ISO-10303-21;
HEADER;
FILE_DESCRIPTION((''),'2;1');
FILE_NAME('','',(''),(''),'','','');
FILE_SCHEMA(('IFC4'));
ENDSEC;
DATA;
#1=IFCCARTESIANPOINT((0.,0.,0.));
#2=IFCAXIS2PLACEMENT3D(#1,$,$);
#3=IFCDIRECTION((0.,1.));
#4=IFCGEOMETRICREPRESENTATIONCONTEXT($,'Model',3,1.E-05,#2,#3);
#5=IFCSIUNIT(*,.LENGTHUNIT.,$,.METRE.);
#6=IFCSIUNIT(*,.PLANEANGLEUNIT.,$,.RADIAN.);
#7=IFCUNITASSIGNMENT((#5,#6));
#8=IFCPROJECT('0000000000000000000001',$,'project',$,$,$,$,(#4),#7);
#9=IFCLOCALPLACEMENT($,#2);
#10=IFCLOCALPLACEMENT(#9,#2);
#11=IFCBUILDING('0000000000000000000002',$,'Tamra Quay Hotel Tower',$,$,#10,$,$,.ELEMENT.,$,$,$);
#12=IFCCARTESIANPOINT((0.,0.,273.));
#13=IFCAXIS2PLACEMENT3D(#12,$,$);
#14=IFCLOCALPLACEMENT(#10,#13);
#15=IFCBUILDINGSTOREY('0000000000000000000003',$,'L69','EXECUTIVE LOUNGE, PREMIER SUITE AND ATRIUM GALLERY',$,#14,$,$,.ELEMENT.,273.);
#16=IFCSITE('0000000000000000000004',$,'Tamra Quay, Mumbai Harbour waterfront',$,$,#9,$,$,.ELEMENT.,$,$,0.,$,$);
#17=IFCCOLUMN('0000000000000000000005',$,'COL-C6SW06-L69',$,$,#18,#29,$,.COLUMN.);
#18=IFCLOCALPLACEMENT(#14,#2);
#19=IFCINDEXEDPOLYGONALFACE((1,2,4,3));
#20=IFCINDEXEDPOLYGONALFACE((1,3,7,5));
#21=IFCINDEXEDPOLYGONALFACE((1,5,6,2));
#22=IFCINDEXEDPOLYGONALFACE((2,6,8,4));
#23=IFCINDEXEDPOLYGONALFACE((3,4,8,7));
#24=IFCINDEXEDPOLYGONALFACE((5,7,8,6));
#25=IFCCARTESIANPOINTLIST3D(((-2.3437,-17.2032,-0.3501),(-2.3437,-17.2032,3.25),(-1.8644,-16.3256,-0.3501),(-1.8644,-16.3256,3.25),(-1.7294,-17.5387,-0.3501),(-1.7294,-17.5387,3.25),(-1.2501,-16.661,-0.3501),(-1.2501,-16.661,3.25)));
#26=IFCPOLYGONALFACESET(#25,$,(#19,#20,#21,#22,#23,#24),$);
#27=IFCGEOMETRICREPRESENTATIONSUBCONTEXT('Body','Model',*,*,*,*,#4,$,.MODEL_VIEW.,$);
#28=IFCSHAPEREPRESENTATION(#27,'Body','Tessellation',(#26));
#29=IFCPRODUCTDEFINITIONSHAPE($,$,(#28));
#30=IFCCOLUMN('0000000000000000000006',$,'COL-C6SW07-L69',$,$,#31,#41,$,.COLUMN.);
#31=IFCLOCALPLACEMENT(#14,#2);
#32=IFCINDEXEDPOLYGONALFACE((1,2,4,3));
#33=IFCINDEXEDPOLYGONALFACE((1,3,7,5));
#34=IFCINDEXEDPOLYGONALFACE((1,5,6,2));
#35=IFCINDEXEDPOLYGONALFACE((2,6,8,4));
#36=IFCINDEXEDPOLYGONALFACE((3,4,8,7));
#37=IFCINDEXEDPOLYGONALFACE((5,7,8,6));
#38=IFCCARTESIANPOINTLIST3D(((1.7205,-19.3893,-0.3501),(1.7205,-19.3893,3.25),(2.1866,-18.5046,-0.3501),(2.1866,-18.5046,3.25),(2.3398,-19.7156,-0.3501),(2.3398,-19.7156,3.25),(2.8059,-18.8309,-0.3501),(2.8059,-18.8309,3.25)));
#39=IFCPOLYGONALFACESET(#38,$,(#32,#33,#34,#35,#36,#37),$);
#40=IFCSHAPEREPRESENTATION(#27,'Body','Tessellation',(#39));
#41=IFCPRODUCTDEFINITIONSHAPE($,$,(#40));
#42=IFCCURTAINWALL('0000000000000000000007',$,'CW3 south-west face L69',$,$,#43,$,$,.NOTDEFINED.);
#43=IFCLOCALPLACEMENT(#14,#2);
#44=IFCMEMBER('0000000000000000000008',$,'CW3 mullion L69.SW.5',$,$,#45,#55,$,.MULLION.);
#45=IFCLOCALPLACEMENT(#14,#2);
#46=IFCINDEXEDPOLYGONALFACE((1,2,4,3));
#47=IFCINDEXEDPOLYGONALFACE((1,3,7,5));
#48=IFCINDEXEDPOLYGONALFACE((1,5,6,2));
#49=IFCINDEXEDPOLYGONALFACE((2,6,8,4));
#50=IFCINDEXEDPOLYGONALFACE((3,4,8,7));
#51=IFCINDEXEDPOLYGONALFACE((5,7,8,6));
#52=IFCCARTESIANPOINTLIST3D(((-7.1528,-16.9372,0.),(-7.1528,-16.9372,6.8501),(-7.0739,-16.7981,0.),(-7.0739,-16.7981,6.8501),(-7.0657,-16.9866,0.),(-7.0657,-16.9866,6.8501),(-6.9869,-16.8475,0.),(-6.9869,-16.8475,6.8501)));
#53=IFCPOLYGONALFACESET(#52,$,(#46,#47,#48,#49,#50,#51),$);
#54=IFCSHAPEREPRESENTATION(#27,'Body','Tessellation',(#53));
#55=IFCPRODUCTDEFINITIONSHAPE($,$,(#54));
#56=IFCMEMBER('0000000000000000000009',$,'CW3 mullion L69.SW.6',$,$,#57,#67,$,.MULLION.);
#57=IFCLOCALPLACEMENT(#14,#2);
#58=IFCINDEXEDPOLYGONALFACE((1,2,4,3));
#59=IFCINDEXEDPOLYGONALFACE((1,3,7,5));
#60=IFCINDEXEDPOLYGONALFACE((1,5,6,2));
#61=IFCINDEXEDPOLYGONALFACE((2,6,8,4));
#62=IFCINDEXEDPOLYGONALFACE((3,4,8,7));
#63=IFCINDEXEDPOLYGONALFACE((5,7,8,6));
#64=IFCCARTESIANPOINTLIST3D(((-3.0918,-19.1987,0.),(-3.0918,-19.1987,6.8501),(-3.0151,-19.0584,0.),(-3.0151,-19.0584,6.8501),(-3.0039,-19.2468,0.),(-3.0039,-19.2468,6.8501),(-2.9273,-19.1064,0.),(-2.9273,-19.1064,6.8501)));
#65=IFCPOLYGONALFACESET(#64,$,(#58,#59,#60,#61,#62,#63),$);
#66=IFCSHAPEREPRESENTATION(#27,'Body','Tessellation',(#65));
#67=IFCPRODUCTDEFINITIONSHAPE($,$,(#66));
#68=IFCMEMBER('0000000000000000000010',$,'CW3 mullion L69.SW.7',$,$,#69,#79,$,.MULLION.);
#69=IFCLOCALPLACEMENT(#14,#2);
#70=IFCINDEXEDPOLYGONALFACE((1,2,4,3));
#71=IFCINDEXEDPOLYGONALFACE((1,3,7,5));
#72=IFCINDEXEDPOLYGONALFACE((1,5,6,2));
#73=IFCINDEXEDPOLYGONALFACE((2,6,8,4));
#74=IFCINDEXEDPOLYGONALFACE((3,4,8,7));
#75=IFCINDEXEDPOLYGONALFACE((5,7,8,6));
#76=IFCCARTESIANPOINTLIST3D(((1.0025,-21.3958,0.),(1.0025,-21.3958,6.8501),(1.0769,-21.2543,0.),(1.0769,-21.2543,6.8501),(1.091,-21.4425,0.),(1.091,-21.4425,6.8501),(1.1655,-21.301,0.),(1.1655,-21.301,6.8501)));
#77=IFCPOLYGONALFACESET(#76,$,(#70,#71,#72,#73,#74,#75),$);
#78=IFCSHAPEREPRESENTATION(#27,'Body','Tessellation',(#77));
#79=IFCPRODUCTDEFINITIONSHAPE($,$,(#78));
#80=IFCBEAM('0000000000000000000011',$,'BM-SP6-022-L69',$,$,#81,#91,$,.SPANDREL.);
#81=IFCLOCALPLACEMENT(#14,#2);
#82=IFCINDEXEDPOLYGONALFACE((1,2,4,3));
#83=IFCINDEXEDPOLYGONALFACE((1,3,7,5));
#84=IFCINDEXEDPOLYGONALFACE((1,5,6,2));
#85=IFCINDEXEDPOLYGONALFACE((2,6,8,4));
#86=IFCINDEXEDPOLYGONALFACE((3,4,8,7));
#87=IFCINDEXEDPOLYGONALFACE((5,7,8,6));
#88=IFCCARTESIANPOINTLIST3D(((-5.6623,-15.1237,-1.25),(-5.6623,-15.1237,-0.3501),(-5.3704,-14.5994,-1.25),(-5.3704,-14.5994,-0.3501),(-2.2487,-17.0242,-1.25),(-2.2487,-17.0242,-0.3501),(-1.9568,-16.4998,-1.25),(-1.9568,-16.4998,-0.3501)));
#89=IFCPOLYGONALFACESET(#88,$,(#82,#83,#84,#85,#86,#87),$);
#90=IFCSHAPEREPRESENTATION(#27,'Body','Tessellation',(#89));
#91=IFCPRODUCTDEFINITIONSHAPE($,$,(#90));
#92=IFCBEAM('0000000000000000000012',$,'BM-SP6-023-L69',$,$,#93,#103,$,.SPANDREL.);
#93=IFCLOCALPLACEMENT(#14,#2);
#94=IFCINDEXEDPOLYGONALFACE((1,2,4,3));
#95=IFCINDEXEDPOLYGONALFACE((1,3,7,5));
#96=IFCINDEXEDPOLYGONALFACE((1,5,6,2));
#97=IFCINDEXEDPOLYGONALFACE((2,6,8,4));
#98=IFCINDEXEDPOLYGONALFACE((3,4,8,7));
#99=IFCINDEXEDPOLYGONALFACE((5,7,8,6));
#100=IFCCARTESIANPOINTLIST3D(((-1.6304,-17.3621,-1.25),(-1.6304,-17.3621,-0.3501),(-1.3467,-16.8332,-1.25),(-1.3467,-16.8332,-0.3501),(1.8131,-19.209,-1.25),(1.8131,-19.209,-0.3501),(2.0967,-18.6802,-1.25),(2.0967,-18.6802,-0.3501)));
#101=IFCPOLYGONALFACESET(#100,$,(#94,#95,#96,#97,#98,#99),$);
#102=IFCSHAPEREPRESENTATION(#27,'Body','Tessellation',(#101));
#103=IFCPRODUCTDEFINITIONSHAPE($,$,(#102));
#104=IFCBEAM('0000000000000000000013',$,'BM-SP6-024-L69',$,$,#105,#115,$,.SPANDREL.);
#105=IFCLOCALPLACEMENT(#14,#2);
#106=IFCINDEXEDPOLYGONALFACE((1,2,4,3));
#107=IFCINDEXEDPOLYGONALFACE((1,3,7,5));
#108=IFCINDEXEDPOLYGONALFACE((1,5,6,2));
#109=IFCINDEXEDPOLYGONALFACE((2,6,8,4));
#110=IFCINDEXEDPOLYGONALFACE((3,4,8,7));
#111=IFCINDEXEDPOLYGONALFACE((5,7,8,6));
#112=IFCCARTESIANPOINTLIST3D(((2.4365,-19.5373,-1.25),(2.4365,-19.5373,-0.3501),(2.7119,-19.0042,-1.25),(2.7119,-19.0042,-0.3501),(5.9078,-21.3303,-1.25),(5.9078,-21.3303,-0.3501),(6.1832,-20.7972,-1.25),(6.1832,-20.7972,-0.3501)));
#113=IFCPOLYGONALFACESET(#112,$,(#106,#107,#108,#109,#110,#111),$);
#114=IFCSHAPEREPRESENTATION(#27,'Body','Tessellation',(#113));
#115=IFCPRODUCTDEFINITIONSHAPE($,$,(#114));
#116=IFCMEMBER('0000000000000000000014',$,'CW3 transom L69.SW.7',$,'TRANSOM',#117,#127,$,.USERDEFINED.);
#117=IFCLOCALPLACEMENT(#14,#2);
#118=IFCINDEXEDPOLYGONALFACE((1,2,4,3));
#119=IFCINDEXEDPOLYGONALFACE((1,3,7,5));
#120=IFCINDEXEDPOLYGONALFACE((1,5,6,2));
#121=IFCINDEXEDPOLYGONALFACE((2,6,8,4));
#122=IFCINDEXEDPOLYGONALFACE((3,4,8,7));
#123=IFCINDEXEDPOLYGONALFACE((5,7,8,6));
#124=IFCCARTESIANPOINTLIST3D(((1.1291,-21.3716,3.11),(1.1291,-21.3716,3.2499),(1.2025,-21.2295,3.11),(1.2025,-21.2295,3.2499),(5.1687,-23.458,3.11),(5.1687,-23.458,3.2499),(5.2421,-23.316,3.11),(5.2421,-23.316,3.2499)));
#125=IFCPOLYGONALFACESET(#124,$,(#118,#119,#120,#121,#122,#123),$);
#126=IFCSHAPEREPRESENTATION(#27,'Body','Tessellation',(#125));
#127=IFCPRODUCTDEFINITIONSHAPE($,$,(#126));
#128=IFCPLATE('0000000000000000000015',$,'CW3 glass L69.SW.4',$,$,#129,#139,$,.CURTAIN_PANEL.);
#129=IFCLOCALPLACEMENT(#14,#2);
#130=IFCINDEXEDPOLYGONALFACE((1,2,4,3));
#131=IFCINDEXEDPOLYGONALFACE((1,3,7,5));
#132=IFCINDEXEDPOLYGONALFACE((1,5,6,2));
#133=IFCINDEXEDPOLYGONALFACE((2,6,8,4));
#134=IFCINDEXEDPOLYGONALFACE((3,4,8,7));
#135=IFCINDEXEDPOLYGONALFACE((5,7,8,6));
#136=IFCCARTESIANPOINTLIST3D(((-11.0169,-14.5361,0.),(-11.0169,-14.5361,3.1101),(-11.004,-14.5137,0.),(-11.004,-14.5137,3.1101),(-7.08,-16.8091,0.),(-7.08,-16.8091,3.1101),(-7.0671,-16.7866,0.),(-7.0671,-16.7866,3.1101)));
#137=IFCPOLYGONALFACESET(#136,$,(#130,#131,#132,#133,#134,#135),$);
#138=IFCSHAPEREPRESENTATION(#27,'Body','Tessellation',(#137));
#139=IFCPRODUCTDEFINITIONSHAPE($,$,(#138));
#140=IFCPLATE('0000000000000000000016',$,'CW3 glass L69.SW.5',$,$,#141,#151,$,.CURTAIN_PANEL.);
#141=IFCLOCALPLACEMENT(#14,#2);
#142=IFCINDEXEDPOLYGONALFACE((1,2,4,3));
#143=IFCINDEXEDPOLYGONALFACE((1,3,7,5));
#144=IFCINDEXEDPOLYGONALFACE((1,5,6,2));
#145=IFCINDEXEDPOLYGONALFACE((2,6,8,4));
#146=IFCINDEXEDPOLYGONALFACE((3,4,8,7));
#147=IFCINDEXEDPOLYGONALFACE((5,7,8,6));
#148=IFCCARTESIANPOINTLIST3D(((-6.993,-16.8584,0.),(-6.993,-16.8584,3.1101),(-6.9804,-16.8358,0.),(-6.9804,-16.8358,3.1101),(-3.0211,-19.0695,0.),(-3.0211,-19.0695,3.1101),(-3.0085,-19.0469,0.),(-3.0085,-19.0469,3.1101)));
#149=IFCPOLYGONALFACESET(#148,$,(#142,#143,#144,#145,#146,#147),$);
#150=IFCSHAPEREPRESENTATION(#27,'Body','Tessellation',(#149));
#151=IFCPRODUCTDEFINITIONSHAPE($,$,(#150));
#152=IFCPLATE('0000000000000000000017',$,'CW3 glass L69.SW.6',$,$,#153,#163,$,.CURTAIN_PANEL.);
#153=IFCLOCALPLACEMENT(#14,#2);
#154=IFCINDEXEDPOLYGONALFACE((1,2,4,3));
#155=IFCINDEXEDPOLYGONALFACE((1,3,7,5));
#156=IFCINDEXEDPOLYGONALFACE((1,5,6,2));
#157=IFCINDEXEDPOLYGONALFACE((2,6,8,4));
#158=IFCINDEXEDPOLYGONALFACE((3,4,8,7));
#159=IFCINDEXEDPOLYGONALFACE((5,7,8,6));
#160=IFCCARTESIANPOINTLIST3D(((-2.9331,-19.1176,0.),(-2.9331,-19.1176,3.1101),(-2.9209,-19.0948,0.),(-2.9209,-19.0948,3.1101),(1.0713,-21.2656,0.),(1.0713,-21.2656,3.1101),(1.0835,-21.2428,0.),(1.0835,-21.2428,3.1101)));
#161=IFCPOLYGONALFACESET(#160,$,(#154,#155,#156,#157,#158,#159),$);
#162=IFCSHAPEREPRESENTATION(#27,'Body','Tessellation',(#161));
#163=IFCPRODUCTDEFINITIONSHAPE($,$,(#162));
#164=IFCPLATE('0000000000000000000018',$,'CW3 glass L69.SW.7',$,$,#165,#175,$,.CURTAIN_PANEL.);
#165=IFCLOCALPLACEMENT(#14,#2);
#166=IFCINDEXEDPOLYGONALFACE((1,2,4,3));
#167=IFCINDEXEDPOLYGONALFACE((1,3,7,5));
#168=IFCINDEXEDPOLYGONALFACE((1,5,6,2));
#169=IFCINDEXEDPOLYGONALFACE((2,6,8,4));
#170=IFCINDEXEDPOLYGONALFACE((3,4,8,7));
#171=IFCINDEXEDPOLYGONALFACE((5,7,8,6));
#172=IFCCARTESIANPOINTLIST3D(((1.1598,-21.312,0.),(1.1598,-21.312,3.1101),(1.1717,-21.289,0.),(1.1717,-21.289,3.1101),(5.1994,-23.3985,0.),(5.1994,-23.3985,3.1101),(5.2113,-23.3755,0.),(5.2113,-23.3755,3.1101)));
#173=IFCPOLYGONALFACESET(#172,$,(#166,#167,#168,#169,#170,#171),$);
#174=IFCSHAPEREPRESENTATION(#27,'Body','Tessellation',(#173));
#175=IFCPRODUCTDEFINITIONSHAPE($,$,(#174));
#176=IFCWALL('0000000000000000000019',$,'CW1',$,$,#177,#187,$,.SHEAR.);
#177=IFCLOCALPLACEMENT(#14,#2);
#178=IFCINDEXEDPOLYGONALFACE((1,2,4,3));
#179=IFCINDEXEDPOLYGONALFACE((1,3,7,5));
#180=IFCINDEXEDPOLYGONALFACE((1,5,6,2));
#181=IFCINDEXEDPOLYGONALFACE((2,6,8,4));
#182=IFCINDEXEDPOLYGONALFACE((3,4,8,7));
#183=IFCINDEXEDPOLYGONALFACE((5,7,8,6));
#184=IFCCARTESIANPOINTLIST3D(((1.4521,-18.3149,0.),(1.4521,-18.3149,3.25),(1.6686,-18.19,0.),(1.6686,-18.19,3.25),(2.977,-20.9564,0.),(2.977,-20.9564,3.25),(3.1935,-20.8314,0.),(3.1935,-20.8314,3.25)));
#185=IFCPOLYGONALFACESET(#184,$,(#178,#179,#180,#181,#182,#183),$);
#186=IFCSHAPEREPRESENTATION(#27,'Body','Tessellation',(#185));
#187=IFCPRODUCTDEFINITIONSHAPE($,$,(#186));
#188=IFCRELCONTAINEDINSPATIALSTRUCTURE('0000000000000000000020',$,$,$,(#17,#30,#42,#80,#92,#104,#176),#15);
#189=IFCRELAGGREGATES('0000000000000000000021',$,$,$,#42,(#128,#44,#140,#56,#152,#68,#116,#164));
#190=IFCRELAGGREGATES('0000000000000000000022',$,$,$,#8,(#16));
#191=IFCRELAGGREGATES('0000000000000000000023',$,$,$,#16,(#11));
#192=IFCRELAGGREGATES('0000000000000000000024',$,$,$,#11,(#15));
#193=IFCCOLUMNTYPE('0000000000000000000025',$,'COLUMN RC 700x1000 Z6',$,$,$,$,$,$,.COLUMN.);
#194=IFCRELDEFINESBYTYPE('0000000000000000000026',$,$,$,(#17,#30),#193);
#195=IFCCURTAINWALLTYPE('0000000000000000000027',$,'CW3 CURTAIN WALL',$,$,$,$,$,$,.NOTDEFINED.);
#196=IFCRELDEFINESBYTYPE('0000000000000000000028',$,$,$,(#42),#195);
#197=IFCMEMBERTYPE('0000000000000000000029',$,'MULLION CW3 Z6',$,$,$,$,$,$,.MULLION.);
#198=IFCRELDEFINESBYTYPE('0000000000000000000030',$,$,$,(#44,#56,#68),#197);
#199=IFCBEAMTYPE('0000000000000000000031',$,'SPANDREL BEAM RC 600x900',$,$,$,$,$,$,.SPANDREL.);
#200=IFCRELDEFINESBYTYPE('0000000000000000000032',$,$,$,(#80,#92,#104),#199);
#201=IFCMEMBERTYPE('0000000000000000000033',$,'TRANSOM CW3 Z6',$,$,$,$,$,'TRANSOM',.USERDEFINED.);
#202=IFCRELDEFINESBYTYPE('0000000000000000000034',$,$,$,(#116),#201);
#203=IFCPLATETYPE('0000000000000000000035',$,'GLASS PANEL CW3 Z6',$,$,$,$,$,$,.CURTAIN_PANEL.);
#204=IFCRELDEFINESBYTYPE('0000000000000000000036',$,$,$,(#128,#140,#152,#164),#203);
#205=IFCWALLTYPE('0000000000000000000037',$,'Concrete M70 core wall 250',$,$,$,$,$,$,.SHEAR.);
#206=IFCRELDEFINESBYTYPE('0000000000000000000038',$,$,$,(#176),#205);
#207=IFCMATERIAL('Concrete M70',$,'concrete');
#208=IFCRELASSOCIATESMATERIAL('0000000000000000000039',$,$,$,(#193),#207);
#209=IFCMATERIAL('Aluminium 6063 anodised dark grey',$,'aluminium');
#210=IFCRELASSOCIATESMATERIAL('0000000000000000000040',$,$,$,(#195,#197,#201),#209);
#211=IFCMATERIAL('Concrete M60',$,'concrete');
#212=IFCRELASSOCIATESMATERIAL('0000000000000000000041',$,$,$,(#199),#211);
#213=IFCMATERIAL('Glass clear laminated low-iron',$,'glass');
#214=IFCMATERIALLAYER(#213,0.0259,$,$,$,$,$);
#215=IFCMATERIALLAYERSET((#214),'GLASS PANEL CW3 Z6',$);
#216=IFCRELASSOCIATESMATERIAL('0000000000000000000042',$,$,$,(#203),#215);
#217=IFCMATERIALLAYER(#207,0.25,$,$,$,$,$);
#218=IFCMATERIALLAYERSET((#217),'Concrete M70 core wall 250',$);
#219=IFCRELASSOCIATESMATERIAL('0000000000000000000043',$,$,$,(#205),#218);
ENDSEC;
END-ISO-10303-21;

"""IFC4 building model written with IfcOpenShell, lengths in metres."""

from ifc_helpers import new_model, si_unit, direction, frame, frame_2d, origin, origin_2d, place, context, subcontext, project, spatial, rectangle, extrude, material, layer, layer_set, material_profile, profile_set, type_object, element, aggregate, save


model = new_model("IFC4")

# Units and contexts
model_context = context("Model", 3, precision=1e-05, world=origin(), true_north=direction((0.0, 1.0)))
body_context = subcontext(model_context, "Body", "Model", "MODEL_VIEW")
ifc_project = project(units=[si_unit("LENGTHUNIT", "METRE"), si_unit("PLANEANGLEUNIT", "RADIAN")], contexts=[model_context])

# Site, building, storey
site_placement = place(None, origin())
site = spatial("IfcSite", under=ifc_project, at=site_placement, Name="Tamra Quay, Mumbai Harbour waterfront", CompositionType="ELEMENT", RefElevation=0.0)
building_placement = place(site_placement, origin())
building = spatial("IfcBuilding", under=site, at=building_placement, Name="Tamra Quay Hotel Tower", CompositionType="ELEMENT")
storey_placement = place(building_placement, frame((0.0, 0.0, 273.0)))
storey = spatial("IfcBuildingStorey", under=building, at=storey_placement, Name="L69", Description="EXECUTIVE LOUNGE, PREMIER SUITE AND ATRIUM GALLERY", CompositionType="ELEMENT", Elevation=273.0)

# Columns
ifc_material_1 = material(Name="Concrete M70", Category="concrete")
ifc_material_profile_1 = material_profile(ifc_material_1, rectangle(XDim=1.0, YDim=0.7, at=origin_2d()), Name="COLUMN RC 700x1000 Z6")
ifc_profile_set_1 = profile_set([ifc_material_profile_1], Name="Concrete M70")
column_type = type_object("IfcColumnType", Name="COLUMN RC 700x1000 Z6", PredefinedType="COLUMN", material=ifc_profile_set_1)
for number, where, z_axis, x_axis, name in (
    (1, (-1.7969, -16.9321, -0.3501), (0.0, 0.0, 1.0), (0.479288, 0.877658, 0.0), "COL-C6SW06-L69"),
    (2, (2.2632, -19.1101, -0.3501), (0.0, 0.0, 1.0), (0.466118, 0.884723, 0.0), "COL-C6SW07-L69"),
):
    element("IfcColumn", number, at=place(storey_placement, frame(where, z_axis=z_axis, x_axis=x_axis)), inside=storey, type_object=column_type, Name=name, PredefinedType="COLUMN", context=body_context, shape_type="SweptSolid", body=[
        extrude(rectangle(XDim=1.0, YDim=0.7, at=origin_2d()), origin(), (0.0, 0.0, 1.0), 3.6001),
    ])

# Curtain wall, members
ifc_material_2 = material(Name="Aluminium 6063 anodised dark grey", Category="aluminium")
curtain_wall_type = type_object("IfcCurtainWallType", Name="CW3 CURTAIN WALL", PredefinedType="NOTDEFINED", material=ifc_material_2)
curtain_wall_placement = place(storey_placement, origin())
curtain_wall = element("IfcCurtainWall", 3, at=curtain_wall_placement, inside=storey, type_object=curtain_wall_type, Name="CW3 south-west face L69", PredefinedType="NOTDEFINED")
ifc_material_profile_2 = material_profile(ifc_material_2, rectangle(XDim=0.1599, YDim=0.1001, at=origin_2d()), Name="MULLION 100X160")
ifc_profile_set_2 = profile_set([ifc_material_profile_2], Name="Aluminium 6063 anodised dark grey")
member_type_1 = type_object("IfcMemberType", Name="MULLION CW3 Z6", PredefinedType="MULLION", material=ifc_profile_set_2)
member_1_placement = place(storey_placement, frame((-7.0698, -16.8923, 0.0), z_axis=(0.0, 0.0, 1.0), x_axis=(-0.493215, -0.869907, 0.0)))
member_1 = element("IfcMember", 4, at=member_1_placement, type_object=member_type_1, Name="CW3 mullion L69.SW.5", PredefinedType="MULLION", context=body_context, shape_type="SweptSolid", body=[
    extrude(rectangle(XDim=0.1599, YDim=0.1001, at=origin_2d()), origin(), (0.0, 0.0, 1.0), 6.8501),
])
member_2_placement = place(storey_placement, frame((-3.0095, -19.1526, 0.0), z_axis=(0.0, 0.0, 1.0), x_axis=(-0.479565, -0.877507, 0.0)))
member_2 = element("IfcMember", 5, at=member_2_placement, type_object=member_type_1, Name="CW3 mullion L69.SW.6", PredefinedType="MULLION", context=body_context, shape_type="SweptSolid", body=[
    extrude(rectangle(XDim=0.1599, YDim=0.1001, at=origin_2d()), origin(), (0.0, 0.0, 1.0), 6.8501),
])
member_3_placement = place(storey_placement, frame((1.084, -21.3484, 0.0), z_axis=(0.0, 0.0, 1.0), x_axis=(-0.465816, -0.884882, 0.0)))
member_3 = element("IfcMember", 6, at=member_3_placement, type_object=member_type_1, Name="CW3 mullion L69.SW.7", PredefinedType="MULLION", context=body_context, shape_type="SweptSolid", body=[
    extrude(rectangle(XDim=0.1599, YDim=0.1001, at=origin_2d()), origin(), (0.0, 0.0, 1.0), 6.8501),
])

# Beams
ifc_material_3 = material(Name="Concrete M60", Category="concrete")
ifc_material_profile_3 = material_profile(ifc_material_3, rectangle(XDim=0.6001, YDim=0.8999, at=origin_2d()), Name="SPANDREL BEAM RC 600x900")
ifc_profile_set_3 = profile_set([ifc_material_profile_3], Name="Concrete M60")
beam_type = type_object("IfcBeamType", Name="SPANDREL BEAM RC 600x900", PredefinedType="SPANDREL", material=ifc_profile_set_3)
beam_1_placement = place(storey_placement, frame((-5.5164, -14.8616, -0.8), z_axis=(0.873727, -0.486417, 0.0), x_axis=(0.486417, 0.873727, 0.0)))
element("IfcBeam", 7, at=beam_1_placement, inside=storey, type_object=beam_type, Name="BM-SP6-022-L69", PredefinedType="SPANDREL", context=body_context, shape_type="SweptSolid", body=[
    extrude(rectangle(XDim=0.6001, YDim=0.8999, at=origin_2d()), origin(), (0.0, 0.0, 1.0), 3.907),
])
beam_2_placement = place(storey_placement, frame((-1.4885, -17.0977, -0.8), z_axis=(0.881238, -0.472672, 0.0), x_axis=(0.472672, 0.881238, 0.0)))
element("IfcBeam", 8, at=beam_2_placement, inside=storey, type_object=beam_type, Name="BM-SP6-023-L69", PredefinedType="SPANDREL", context=body_context, shape_type="SweptSolid", body=[
    extrude(rectangle(XDim=0.6001, YDim=0.8999, at=origin_2d()), origin(), (0.0, 0.0, 1.0), 3.9075),
])
beam_3_placement = place(storey_placement, frame((2.5742, -19.2708, -0.8), z_axis=(0.888476, -0.458923, 0.0), x_axis=(0.458923, 0.888476, 0.0)))
element("IfcBeam", 9, at=beam_3_placement, inside=storey, type_object=beam_type, Name="BM-SP6-024-L69", PredefinedType="SPANDREL", context=body_context, shape_type="SweptSolid", body=[
    extrude(rectangle(XDim=0.6001, YDim=0.8999, at=origin_2d()), origin(), (0.0, 0.0, 1.0), 3.907),
])

# Member
ifc_material_profile_4 = material_profile(ifc_material_2, rectangle(XDim=0.1599, YDim=0.1399, at=origin_2d()), Name="TRANSOM 160X140")
ifc_profile_set_4 = profile_set([ifc_material_profile_4], Name="Aluminium 6063 anodised dark grey")
member_type_2 = type_object("IfcMemberType", Name="TRANSOM CW3 Z6", ElementType="TRANSOM", PredefinedType="USERDEFINED", material=ifc_profile_set_4)
member_4_placement = place(storey_placement, frame((1.1658, -21.3005, 3.1799), z_axis=(0.888486, -0.458903, 0.0), x_axis=(0.458903, 0.888486, 0.0)))
member_4 = element("IfcMember", 10, at=member_4_placement, type_object=member_type_2, Name="CW3 transom L69.SW.7", ObjectType="TRANSOM", PredefinedType="USERDEFINED", context=body_context, shape_type="SweptSolid", body=[
    extrude(rectangle(XDim=0.1599, YDim=0.1399, at=origin_2d()), origin(), (0.0, 0.0, 1.0), 4.5466),
])

# Plates
ifc_material_4 = material(Name="Glass clear laminated low-iron", Category="glass")
ifc_layer_1 = layer(ifc_material_4, 0.0259)
ifc_layer_set_1 = layer_set([ifc_layer_1], Name="GLASS PANEL CW3 Z6")
plate_type = type_object("IfcPlateType", Name="GLASS PANEL CW3 Z6", PredefinedType="CURTAIN_PANEL", material=ifc_layer_set_1)
plate_1_placement = place(storey_placement, frame((-9.042, -15.6614, 0.0), z_axis=(0.0, 0.0, 1.0), x_axis=(0.866025, -0.5, 0.0)))
plate_1 = element("IfcPlate", 11, at=plate_1_placement, type_object=plate_type, Name="CW3 glass L69.SW.4", PredefinedType="CURTAIN_PANEL", context=body_context, shape_type="SweptSolid", body=[
    extrude(rectangle(XDim=4.5459, YDim=0.0259, at=origin_2d()), origin(), (0.0, 0.0, 1.0), 3.1101),
])
plate_2_placement = place(storey_placement, frame((-5.0007, -17.9526, 0.0), z_axis=(0.0, 0.0, 1.0), x_axis=(0.873736, -0.4864, 0.0)))
plate_2 = element("IfcPlate", 12, at=plate_2_placement, type_object=plate_type, Name="CW3 glass L69.SW.5", PredefinedType="CURTAIN_PANEL", context=body_context, shape_type="SweptSolid", body=[
    extrude(rectangle(XDim=4.5459, YDim=0.0259, at=origin_2d()), origin(), (0.0, 0.0, 1.0), 3.1101),
])
plate_3_placement = place(storey_placement, frame((-0.9248, -20.1802, 0.0), z_axis=(0.0, 0.0, 1.0), x_axis=(0.881224, -0.4727, 0.0)))
plate_3 = element("IfcPlate", 13, at=plate_3_placement, type_object=plate_type, Name="CW3 glass L69.SW.6", PredefinedType="CURTAIN_PANEL", context=body_context, shape_type="SweptSolid", body=[
    extrude(rectangle(XDim=4.5442, YDim=0.0259, at=origin_2d()), origin(), (0.0, 0.0, 1.0), 3.1101),
])
plate_4_placement = place(storey_placement, frame((3.1855, -22.3438, 0.0), z_axis=(0.0, 0.0, 1.0), x_axis=(0.888486, -0.458903, 0.0)))
plate_4 = element("IfcPlate", 14, at=plate_4_placement, type_object=plate_type, Name="CW3 glass L69.SW.7", PredefinedType="CURTAIN_PANEL", context=body_context, shape_type="SweptSolid", body=[
    extrude(rectangle(XDim=4.5466, YDim=0.0259, at=origin_2d()), origin(), (0.0, 0.0, 1.0), 3.1101),
])
aggregate(curtain_wall, [plate_1, member_1, plate_2, member_2, plate_3, member_3, member_4, plate_4])

# Wall
ifc_layer_2 = layer(ifc_material_1, 0.25)
ifc_layer_set_2 = layer_set([ifc_layer_2], Name="Concrete M70 core wall 250")
wall_type_1 = type_object("IfcWallType", Name="Concrete M70 core wall 250", PredefinedType="SHEAR", material=ifc_layer_set_2)
wall_1_placement = place(storey_placement, frame((3.0852, -20.8938, 0.0), z_axis=(0.0, 0.0, 1.0), x_axis=(-0.499979, 0.866038, 0.0)))
element("IfcWall", 15, at=wall_1_placement, inside=storey, type_object=wall_type_1, Name="CW1", PredefinedType="SHEAR", context=body_context, shape_type="SweptSolid", body=[
    extrude(rectangle(XDim=3.05, YDim=0.25, at=frame_2d((1.5249, 0.0))), origin(), (0.0, 0.0, 1.0), 3.25),
])

save(model, "model.ifc")
